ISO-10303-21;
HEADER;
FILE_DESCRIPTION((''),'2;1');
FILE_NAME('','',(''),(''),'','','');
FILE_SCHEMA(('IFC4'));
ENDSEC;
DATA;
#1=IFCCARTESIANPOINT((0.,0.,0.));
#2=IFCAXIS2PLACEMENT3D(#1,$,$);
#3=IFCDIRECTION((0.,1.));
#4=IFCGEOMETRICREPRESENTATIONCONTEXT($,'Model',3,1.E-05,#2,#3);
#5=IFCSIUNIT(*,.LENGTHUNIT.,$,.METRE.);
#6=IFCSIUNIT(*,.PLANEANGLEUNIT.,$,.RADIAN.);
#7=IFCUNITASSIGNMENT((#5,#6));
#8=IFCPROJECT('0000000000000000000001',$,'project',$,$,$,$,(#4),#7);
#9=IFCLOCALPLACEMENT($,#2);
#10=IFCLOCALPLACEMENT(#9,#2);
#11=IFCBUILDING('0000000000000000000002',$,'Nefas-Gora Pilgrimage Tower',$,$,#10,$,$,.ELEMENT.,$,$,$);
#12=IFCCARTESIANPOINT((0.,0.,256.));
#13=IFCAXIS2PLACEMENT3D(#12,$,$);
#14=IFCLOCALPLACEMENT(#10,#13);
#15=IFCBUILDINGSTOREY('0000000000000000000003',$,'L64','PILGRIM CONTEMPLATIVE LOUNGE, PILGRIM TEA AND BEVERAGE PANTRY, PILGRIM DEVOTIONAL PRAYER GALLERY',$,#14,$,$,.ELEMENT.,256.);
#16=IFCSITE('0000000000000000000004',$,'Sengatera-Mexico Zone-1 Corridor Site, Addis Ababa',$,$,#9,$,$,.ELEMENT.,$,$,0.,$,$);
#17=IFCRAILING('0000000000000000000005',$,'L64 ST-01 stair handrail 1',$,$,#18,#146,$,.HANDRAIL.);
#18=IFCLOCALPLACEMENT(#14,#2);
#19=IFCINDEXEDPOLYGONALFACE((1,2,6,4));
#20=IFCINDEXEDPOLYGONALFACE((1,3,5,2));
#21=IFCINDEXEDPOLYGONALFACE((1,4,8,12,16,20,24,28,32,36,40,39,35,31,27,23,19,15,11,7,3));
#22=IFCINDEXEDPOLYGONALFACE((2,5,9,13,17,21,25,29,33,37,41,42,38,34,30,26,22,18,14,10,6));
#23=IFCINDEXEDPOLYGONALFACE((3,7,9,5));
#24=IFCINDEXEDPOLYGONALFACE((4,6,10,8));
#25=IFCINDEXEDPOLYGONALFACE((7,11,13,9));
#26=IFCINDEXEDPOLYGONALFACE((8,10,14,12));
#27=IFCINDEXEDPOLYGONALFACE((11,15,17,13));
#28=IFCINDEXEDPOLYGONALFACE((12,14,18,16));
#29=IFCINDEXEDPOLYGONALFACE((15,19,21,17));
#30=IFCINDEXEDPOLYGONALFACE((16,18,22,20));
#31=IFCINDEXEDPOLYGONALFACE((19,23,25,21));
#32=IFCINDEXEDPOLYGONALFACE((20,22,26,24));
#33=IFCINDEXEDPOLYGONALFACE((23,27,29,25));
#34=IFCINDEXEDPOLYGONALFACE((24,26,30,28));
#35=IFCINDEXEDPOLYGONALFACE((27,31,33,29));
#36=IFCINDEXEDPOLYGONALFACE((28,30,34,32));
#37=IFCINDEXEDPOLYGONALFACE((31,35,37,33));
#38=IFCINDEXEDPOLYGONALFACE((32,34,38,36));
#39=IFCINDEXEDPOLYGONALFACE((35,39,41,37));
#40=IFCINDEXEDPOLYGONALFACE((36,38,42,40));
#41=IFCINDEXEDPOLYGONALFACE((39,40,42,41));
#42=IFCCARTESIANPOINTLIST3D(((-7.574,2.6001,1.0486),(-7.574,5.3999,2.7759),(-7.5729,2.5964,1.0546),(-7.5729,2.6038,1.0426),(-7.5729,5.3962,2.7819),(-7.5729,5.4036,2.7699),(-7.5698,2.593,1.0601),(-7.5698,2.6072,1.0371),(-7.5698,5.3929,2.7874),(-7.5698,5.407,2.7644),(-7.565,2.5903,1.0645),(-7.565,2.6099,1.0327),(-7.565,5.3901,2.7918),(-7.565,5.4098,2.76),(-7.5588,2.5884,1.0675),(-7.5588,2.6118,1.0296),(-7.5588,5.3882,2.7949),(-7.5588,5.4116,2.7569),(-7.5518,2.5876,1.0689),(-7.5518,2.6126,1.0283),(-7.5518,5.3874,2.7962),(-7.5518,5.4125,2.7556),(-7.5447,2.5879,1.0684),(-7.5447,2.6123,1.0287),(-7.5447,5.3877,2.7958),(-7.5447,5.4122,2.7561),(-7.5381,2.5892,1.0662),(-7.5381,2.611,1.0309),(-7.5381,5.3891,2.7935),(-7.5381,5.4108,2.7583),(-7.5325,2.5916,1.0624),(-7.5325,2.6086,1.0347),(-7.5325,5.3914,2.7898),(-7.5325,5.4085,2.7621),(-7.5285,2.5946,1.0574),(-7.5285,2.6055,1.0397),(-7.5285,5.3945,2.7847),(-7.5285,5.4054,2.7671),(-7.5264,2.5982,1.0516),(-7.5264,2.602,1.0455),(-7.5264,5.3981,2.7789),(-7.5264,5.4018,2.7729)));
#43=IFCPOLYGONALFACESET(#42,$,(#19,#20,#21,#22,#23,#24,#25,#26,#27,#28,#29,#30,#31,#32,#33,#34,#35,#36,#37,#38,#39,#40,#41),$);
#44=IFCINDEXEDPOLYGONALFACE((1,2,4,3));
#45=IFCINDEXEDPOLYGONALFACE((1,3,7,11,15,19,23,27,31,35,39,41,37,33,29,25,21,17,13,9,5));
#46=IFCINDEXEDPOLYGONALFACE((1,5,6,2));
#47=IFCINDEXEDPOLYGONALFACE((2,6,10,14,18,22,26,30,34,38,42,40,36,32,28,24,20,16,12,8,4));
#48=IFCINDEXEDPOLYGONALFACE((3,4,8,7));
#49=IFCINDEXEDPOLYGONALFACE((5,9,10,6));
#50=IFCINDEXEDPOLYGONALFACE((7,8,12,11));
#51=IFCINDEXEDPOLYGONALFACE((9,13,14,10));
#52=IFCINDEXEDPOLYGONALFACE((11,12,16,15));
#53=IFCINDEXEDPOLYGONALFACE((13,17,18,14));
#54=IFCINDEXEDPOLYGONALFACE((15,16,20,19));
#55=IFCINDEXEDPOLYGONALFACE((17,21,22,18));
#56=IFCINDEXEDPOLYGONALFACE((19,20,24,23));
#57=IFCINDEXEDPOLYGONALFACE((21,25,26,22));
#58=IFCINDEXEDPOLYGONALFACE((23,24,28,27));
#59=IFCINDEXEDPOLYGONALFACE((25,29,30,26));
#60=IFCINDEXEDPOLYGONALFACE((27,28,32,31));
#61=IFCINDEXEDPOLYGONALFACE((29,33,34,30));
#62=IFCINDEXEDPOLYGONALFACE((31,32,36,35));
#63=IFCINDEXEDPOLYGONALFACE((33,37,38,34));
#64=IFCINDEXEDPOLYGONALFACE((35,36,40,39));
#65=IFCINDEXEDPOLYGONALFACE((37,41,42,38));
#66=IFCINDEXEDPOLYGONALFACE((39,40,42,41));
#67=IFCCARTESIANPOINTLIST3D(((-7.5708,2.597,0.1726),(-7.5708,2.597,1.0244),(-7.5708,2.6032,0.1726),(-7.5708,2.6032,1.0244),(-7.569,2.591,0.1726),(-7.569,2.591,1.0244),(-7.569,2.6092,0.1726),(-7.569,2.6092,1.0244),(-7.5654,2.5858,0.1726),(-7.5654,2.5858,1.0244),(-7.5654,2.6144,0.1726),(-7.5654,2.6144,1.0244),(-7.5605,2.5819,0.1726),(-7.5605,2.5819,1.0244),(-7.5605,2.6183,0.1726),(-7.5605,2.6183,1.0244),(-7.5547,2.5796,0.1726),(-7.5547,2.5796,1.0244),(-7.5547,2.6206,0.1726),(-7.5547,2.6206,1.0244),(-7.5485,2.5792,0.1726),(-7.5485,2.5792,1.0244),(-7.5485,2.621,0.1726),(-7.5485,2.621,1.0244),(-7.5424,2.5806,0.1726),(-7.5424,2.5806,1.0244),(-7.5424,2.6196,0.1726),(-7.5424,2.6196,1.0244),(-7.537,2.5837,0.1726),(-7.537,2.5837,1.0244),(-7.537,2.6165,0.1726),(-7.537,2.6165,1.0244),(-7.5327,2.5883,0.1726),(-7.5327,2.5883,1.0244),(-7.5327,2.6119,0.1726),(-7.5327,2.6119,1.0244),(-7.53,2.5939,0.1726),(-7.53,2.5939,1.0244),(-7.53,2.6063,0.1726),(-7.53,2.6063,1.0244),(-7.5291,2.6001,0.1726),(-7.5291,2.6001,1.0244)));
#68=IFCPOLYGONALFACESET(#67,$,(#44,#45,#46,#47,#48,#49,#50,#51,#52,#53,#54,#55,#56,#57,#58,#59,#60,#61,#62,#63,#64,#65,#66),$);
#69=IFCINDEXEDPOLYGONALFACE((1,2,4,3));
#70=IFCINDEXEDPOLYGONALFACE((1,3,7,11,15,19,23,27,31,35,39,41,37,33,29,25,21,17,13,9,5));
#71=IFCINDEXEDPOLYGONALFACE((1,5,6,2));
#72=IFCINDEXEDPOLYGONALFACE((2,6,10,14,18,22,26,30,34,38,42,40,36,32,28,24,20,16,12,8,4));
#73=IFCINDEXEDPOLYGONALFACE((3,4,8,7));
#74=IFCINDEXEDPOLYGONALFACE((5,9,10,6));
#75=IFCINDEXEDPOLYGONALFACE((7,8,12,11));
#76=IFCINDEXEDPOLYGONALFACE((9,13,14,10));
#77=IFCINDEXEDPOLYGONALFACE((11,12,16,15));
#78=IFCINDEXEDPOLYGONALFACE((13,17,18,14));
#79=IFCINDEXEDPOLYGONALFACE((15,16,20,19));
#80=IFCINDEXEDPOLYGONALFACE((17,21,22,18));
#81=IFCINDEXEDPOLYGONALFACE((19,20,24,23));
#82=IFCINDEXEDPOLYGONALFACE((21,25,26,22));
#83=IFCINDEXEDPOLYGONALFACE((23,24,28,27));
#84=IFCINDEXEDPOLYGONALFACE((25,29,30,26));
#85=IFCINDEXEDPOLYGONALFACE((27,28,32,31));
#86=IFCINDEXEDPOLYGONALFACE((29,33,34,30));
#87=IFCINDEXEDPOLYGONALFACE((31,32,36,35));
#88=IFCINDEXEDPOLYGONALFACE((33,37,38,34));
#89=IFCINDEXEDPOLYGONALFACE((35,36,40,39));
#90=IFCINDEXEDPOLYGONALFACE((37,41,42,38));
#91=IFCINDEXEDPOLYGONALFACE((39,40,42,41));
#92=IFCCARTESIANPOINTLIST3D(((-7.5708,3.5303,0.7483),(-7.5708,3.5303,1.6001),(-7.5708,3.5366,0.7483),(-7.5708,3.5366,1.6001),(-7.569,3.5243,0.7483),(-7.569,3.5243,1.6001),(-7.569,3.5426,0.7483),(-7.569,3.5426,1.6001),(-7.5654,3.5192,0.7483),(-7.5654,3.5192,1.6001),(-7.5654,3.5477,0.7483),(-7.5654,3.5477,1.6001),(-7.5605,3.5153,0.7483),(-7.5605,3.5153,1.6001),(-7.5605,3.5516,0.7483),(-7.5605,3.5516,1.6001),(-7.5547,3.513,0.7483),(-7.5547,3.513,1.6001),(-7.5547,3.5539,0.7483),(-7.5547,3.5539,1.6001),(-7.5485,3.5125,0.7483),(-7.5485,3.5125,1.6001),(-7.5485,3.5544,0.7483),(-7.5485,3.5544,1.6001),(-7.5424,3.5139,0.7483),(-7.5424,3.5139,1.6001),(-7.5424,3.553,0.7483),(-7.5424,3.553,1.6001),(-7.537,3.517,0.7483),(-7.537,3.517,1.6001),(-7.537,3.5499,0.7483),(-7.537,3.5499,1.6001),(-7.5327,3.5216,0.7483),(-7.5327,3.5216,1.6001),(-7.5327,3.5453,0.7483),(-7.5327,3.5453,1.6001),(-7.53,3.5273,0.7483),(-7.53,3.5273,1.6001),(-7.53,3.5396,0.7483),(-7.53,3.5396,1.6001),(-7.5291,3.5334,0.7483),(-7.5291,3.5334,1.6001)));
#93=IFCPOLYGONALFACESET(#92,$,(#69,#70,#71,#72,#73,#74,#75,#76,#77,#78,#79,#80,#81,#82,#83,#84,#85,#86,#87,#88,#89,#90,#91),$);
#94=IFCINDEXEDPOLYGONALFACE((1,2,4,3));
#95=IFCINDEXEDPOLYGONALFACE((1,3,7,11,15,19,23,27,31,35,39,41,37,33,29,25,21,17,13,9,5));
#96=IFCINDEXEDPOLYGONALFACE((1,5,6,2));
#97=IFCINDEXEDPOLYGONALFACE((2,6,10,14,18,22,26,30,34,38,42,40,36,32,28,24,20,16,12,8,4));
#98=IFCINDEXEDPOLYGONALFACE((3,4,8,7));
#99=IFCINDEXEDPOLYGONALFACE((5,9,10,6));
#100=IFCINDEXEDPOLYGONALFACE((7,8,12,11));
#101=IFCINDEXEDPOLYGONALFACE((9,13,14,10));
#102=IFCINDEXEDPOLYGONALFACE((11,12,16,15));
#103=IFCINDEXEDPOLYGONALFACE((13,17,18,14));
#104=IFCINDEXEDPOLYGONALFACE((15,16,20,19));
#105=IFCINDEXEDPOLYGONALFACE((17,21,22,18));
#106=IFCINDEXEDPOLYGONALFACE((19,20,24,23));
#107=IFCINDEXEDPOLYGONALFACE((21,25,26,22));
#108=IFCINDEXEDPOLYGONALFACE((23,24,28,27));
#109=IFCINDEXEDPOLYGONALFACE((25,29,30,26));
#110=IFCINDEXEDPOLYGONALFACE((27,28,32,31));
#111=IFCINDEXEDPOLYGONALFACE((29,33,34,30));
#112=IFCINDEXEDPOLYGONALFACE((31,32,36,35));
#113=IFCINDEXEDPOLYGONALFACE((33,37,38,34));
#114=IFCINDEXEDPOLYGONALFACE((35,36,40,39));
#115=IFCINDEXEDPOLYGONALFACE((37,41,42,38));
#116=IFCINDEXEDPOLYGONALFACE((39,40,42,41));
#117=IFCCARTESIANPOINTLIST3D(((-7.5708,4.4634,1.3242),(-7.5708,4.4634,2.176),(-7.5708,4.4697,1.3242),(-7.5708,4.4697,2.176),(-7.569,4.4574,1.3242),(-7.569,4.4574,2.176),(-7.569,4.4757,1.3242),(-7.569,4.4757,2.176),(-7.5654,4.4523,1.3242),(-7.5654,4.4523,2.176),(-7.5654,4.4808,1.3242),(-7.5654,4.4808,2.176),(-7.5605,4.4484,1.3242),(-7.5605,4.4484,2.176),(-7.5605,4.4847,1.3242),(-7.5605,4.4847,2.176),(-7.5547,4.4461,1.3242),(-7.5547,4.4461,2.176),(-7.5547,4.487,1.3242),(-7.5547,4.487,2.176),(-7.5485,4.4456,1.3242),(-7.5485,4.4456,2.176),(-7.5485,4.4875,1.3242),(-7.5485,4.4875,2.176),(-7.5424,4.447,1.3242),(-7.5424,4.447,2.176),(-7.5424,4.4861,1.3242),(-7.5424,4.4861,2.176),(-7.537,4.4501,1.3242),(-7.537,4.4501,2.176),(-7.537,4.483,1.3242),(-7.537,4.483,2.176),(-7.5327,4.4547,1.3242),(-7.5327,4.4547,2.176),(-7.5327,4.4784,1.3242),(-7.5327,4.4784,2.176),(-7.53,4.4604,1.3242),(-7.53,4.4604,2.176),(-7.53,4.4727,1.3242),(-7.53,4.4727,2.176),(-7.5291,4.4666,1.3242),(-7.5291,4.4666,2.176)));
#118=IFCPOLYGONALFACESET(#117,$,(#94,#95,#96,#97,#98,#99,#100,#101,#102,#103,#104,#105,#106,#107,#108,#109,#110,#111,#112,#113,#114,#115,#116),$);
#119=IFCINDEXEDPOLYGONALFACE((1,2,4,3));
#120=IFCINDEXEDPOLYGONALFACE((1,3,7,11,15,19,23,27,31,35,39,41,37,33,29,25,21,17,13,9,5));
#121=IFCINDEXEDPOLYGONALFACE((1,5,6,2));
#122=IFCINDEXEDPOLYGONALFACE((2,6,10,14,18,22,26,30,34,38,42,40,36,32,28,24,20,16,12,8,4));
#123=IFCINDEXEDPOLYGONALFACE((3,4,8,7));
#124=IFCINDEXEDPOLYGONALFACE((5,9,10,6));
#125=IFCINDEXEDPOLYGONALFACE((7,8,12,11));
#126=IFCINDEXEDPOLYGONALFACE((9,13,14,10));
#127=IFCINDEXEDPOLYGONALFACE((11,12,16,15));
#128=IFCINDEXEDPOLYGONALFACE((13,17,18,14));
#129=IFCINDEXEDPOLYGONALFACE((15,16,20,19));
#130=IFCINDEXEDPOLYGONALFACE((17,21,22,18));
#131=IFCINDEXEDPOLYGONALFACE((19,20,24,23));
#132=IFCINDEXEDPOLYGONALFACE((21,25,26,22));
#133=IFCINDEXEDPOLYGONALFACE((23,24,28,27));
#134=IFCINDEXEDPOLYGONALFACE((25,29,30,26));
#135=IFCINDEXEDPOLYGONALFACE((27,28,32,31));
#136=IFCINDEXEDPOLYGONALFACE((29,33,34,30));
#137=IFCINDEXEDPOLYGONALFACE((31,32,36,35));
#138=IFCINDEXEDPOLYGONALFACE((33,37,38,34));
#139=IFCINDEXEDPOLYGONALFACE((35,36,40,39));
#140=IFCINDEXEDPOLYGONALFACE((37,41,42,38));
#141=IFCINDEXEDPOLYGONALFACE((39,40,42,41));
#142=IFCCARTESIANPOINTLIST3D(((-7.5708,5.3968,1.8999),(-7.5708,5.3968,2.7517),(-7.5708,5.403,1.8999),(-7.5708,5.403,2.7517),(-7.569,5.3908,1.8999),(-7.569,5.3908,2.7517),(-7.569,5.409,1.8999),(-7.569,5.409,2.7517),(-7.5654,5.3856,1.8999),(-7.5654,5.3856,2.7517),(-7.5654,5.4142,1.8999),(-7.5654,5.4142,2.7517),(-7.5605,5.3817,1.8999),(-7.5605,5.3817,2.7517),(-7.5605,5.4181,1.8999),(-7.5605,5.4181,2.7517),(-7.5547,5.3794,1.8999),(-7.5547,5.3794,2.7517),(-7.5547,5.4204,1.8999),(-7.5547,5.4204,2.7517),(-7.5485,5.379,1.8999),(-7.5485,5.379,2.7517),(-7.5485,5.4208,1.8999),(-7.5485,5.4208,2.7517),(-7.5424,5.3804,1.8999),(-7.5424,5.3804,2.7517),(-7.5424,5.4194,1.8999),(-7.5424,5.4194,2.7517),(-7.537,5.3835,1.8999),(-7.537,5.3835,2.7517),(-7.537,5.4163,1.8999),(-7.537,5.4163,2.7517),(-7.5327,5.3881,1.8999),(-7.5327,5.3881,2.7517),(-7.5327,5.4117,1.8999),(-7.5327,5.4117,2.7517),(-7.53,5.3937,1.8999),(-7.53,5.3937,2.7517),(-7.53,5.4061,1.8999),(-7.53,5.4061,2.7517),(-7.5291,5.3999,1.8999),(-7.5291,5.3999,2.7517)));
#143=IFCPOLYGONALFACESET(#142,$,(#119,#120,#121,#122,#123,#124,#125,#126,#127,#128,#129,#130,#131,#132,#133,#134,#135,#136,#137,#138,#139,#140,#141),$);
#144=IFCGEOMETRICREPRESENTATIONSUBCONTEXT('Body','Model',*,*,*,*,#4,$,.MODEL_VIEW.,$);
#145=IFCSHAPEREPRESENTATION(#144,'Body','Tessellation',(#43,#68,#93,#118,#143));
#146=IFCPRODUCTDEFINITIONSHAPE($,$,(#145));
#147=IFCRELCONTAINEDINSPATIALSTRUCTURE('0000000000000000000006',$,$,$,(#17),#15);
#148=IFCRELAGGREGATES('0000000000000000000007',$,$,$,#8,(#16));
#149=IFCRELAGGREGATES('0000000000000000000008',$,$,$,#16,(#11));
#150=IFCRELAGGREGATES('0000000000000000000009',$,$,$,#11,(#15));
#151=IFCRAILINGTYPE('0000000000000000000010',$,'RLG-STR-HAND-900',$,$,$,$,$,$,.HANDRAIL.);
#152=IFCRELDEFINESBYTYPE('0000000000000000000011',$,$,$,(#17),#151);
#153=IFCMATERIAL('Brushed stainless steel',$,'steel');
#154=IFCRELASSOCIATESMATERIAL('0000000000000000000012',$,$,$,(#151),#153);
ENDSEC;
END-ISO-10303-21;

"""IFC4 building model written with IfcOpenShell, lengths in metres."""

from ifc_helpers import new_model, si_unit, direction, frame, origin, origin_2d, place, context, subcontext, project, spatial, circle, extrude, material, type_object, element, save


model = new_model("IFC4")

# Units and contexts
model_context = context("Model", 3, precision=1e-05, world=origin(), true_north=direction((0.0, 1.0)))
body_context = subcontext(model_context, "Body", "Model", "MODEL_VIEW")
ifc_project = project(units=[si_unit("LENGTHUNIT", "METRE"), si_unit("PLANEANGLEUNIT", "RADIAN")], contexts=[model_context])

# Site, building, storey
site_placement = place(None, origin())
site = spatial("IfcSite", under=ifc_project, at=site_placement, Name="Sengatera-Mexico Zone-1 Corridor Site, Addis Ababa", CompositionType="ELEMENT", RefElevation=0.0)
building_placement = place(site_placement, origin())
building = spatial("IfcBuilding", under=site, at=building_placement, Name="Nefas-Gora Pilgrimage Tower", CompositionType="ELEMENT")
storey_placement = place(building_placement, frame((0.0, 0.0, 256.0)))
storey = spatial("IfcBuildingStorey", under=building, at=storey_placement, Name="L64", Description="PILGRIM CONTEMPLATIVE LOUNGE, PILGRIM TEA AND BEVERAGE PANTRY, PILGRIM DEVOTIONAL PRAYER GALLERY", CompositionType="ELEMENT", Elevation=256.0)

# Railing
ifc_material_1 = material(Name="Brushed stainless steel", Category="steel")
railing_type_1 = type_object("IfcRailingType", Name="RLG-STR-HAND-900", PredefinedType="HANDRAIL", material=ifc_material_1)
railing_1_placement = place(storey_placement, frame((-7.55, 2.6001, 0.1726)))
element("IfcRailing", 1, at=railing_1_placement, inside=storey, type_object=railing_type_1, Name="L64 ST-01 stair handrail 1", PredefinedType="HANDRAIL", context=body_context, shape_type="SweptSolid", body=[
    extrude(circle(Radius=0.0239, at=origin_2d()), frame((0.0, 0.0, 0.876), z_axis=(0.0, 0.851069, 0.525054), x_axis=(-1.0, 0.0, 0.0)), (0.0, 0.0, 1.0), 3.2898),
    extrude(circle(Radius=0.021, at=origin_2d()), origin(), (0.0, 0.0, 1.0), 0.8518),
    extrude(circle(Radius=0.021, at=origin_2d()), frame((0.0, 0.9333, 0.5757)), (0.0, 0.0, 1.0), 0.8518),
    extrude(circle(Radius=0.021, at=origin_2d()), frame((0.0, 1.8665, 1.1516)), (0.0, 0.0, 1.0), 0.8518),
    extrude(circle(Radius=0.021, at=origin_2d()), frame((0.0, 2.7998, 1.7273)), (0.0, 0.0, 1.0), 0.8518),
])

save(model, "model.ifc")
